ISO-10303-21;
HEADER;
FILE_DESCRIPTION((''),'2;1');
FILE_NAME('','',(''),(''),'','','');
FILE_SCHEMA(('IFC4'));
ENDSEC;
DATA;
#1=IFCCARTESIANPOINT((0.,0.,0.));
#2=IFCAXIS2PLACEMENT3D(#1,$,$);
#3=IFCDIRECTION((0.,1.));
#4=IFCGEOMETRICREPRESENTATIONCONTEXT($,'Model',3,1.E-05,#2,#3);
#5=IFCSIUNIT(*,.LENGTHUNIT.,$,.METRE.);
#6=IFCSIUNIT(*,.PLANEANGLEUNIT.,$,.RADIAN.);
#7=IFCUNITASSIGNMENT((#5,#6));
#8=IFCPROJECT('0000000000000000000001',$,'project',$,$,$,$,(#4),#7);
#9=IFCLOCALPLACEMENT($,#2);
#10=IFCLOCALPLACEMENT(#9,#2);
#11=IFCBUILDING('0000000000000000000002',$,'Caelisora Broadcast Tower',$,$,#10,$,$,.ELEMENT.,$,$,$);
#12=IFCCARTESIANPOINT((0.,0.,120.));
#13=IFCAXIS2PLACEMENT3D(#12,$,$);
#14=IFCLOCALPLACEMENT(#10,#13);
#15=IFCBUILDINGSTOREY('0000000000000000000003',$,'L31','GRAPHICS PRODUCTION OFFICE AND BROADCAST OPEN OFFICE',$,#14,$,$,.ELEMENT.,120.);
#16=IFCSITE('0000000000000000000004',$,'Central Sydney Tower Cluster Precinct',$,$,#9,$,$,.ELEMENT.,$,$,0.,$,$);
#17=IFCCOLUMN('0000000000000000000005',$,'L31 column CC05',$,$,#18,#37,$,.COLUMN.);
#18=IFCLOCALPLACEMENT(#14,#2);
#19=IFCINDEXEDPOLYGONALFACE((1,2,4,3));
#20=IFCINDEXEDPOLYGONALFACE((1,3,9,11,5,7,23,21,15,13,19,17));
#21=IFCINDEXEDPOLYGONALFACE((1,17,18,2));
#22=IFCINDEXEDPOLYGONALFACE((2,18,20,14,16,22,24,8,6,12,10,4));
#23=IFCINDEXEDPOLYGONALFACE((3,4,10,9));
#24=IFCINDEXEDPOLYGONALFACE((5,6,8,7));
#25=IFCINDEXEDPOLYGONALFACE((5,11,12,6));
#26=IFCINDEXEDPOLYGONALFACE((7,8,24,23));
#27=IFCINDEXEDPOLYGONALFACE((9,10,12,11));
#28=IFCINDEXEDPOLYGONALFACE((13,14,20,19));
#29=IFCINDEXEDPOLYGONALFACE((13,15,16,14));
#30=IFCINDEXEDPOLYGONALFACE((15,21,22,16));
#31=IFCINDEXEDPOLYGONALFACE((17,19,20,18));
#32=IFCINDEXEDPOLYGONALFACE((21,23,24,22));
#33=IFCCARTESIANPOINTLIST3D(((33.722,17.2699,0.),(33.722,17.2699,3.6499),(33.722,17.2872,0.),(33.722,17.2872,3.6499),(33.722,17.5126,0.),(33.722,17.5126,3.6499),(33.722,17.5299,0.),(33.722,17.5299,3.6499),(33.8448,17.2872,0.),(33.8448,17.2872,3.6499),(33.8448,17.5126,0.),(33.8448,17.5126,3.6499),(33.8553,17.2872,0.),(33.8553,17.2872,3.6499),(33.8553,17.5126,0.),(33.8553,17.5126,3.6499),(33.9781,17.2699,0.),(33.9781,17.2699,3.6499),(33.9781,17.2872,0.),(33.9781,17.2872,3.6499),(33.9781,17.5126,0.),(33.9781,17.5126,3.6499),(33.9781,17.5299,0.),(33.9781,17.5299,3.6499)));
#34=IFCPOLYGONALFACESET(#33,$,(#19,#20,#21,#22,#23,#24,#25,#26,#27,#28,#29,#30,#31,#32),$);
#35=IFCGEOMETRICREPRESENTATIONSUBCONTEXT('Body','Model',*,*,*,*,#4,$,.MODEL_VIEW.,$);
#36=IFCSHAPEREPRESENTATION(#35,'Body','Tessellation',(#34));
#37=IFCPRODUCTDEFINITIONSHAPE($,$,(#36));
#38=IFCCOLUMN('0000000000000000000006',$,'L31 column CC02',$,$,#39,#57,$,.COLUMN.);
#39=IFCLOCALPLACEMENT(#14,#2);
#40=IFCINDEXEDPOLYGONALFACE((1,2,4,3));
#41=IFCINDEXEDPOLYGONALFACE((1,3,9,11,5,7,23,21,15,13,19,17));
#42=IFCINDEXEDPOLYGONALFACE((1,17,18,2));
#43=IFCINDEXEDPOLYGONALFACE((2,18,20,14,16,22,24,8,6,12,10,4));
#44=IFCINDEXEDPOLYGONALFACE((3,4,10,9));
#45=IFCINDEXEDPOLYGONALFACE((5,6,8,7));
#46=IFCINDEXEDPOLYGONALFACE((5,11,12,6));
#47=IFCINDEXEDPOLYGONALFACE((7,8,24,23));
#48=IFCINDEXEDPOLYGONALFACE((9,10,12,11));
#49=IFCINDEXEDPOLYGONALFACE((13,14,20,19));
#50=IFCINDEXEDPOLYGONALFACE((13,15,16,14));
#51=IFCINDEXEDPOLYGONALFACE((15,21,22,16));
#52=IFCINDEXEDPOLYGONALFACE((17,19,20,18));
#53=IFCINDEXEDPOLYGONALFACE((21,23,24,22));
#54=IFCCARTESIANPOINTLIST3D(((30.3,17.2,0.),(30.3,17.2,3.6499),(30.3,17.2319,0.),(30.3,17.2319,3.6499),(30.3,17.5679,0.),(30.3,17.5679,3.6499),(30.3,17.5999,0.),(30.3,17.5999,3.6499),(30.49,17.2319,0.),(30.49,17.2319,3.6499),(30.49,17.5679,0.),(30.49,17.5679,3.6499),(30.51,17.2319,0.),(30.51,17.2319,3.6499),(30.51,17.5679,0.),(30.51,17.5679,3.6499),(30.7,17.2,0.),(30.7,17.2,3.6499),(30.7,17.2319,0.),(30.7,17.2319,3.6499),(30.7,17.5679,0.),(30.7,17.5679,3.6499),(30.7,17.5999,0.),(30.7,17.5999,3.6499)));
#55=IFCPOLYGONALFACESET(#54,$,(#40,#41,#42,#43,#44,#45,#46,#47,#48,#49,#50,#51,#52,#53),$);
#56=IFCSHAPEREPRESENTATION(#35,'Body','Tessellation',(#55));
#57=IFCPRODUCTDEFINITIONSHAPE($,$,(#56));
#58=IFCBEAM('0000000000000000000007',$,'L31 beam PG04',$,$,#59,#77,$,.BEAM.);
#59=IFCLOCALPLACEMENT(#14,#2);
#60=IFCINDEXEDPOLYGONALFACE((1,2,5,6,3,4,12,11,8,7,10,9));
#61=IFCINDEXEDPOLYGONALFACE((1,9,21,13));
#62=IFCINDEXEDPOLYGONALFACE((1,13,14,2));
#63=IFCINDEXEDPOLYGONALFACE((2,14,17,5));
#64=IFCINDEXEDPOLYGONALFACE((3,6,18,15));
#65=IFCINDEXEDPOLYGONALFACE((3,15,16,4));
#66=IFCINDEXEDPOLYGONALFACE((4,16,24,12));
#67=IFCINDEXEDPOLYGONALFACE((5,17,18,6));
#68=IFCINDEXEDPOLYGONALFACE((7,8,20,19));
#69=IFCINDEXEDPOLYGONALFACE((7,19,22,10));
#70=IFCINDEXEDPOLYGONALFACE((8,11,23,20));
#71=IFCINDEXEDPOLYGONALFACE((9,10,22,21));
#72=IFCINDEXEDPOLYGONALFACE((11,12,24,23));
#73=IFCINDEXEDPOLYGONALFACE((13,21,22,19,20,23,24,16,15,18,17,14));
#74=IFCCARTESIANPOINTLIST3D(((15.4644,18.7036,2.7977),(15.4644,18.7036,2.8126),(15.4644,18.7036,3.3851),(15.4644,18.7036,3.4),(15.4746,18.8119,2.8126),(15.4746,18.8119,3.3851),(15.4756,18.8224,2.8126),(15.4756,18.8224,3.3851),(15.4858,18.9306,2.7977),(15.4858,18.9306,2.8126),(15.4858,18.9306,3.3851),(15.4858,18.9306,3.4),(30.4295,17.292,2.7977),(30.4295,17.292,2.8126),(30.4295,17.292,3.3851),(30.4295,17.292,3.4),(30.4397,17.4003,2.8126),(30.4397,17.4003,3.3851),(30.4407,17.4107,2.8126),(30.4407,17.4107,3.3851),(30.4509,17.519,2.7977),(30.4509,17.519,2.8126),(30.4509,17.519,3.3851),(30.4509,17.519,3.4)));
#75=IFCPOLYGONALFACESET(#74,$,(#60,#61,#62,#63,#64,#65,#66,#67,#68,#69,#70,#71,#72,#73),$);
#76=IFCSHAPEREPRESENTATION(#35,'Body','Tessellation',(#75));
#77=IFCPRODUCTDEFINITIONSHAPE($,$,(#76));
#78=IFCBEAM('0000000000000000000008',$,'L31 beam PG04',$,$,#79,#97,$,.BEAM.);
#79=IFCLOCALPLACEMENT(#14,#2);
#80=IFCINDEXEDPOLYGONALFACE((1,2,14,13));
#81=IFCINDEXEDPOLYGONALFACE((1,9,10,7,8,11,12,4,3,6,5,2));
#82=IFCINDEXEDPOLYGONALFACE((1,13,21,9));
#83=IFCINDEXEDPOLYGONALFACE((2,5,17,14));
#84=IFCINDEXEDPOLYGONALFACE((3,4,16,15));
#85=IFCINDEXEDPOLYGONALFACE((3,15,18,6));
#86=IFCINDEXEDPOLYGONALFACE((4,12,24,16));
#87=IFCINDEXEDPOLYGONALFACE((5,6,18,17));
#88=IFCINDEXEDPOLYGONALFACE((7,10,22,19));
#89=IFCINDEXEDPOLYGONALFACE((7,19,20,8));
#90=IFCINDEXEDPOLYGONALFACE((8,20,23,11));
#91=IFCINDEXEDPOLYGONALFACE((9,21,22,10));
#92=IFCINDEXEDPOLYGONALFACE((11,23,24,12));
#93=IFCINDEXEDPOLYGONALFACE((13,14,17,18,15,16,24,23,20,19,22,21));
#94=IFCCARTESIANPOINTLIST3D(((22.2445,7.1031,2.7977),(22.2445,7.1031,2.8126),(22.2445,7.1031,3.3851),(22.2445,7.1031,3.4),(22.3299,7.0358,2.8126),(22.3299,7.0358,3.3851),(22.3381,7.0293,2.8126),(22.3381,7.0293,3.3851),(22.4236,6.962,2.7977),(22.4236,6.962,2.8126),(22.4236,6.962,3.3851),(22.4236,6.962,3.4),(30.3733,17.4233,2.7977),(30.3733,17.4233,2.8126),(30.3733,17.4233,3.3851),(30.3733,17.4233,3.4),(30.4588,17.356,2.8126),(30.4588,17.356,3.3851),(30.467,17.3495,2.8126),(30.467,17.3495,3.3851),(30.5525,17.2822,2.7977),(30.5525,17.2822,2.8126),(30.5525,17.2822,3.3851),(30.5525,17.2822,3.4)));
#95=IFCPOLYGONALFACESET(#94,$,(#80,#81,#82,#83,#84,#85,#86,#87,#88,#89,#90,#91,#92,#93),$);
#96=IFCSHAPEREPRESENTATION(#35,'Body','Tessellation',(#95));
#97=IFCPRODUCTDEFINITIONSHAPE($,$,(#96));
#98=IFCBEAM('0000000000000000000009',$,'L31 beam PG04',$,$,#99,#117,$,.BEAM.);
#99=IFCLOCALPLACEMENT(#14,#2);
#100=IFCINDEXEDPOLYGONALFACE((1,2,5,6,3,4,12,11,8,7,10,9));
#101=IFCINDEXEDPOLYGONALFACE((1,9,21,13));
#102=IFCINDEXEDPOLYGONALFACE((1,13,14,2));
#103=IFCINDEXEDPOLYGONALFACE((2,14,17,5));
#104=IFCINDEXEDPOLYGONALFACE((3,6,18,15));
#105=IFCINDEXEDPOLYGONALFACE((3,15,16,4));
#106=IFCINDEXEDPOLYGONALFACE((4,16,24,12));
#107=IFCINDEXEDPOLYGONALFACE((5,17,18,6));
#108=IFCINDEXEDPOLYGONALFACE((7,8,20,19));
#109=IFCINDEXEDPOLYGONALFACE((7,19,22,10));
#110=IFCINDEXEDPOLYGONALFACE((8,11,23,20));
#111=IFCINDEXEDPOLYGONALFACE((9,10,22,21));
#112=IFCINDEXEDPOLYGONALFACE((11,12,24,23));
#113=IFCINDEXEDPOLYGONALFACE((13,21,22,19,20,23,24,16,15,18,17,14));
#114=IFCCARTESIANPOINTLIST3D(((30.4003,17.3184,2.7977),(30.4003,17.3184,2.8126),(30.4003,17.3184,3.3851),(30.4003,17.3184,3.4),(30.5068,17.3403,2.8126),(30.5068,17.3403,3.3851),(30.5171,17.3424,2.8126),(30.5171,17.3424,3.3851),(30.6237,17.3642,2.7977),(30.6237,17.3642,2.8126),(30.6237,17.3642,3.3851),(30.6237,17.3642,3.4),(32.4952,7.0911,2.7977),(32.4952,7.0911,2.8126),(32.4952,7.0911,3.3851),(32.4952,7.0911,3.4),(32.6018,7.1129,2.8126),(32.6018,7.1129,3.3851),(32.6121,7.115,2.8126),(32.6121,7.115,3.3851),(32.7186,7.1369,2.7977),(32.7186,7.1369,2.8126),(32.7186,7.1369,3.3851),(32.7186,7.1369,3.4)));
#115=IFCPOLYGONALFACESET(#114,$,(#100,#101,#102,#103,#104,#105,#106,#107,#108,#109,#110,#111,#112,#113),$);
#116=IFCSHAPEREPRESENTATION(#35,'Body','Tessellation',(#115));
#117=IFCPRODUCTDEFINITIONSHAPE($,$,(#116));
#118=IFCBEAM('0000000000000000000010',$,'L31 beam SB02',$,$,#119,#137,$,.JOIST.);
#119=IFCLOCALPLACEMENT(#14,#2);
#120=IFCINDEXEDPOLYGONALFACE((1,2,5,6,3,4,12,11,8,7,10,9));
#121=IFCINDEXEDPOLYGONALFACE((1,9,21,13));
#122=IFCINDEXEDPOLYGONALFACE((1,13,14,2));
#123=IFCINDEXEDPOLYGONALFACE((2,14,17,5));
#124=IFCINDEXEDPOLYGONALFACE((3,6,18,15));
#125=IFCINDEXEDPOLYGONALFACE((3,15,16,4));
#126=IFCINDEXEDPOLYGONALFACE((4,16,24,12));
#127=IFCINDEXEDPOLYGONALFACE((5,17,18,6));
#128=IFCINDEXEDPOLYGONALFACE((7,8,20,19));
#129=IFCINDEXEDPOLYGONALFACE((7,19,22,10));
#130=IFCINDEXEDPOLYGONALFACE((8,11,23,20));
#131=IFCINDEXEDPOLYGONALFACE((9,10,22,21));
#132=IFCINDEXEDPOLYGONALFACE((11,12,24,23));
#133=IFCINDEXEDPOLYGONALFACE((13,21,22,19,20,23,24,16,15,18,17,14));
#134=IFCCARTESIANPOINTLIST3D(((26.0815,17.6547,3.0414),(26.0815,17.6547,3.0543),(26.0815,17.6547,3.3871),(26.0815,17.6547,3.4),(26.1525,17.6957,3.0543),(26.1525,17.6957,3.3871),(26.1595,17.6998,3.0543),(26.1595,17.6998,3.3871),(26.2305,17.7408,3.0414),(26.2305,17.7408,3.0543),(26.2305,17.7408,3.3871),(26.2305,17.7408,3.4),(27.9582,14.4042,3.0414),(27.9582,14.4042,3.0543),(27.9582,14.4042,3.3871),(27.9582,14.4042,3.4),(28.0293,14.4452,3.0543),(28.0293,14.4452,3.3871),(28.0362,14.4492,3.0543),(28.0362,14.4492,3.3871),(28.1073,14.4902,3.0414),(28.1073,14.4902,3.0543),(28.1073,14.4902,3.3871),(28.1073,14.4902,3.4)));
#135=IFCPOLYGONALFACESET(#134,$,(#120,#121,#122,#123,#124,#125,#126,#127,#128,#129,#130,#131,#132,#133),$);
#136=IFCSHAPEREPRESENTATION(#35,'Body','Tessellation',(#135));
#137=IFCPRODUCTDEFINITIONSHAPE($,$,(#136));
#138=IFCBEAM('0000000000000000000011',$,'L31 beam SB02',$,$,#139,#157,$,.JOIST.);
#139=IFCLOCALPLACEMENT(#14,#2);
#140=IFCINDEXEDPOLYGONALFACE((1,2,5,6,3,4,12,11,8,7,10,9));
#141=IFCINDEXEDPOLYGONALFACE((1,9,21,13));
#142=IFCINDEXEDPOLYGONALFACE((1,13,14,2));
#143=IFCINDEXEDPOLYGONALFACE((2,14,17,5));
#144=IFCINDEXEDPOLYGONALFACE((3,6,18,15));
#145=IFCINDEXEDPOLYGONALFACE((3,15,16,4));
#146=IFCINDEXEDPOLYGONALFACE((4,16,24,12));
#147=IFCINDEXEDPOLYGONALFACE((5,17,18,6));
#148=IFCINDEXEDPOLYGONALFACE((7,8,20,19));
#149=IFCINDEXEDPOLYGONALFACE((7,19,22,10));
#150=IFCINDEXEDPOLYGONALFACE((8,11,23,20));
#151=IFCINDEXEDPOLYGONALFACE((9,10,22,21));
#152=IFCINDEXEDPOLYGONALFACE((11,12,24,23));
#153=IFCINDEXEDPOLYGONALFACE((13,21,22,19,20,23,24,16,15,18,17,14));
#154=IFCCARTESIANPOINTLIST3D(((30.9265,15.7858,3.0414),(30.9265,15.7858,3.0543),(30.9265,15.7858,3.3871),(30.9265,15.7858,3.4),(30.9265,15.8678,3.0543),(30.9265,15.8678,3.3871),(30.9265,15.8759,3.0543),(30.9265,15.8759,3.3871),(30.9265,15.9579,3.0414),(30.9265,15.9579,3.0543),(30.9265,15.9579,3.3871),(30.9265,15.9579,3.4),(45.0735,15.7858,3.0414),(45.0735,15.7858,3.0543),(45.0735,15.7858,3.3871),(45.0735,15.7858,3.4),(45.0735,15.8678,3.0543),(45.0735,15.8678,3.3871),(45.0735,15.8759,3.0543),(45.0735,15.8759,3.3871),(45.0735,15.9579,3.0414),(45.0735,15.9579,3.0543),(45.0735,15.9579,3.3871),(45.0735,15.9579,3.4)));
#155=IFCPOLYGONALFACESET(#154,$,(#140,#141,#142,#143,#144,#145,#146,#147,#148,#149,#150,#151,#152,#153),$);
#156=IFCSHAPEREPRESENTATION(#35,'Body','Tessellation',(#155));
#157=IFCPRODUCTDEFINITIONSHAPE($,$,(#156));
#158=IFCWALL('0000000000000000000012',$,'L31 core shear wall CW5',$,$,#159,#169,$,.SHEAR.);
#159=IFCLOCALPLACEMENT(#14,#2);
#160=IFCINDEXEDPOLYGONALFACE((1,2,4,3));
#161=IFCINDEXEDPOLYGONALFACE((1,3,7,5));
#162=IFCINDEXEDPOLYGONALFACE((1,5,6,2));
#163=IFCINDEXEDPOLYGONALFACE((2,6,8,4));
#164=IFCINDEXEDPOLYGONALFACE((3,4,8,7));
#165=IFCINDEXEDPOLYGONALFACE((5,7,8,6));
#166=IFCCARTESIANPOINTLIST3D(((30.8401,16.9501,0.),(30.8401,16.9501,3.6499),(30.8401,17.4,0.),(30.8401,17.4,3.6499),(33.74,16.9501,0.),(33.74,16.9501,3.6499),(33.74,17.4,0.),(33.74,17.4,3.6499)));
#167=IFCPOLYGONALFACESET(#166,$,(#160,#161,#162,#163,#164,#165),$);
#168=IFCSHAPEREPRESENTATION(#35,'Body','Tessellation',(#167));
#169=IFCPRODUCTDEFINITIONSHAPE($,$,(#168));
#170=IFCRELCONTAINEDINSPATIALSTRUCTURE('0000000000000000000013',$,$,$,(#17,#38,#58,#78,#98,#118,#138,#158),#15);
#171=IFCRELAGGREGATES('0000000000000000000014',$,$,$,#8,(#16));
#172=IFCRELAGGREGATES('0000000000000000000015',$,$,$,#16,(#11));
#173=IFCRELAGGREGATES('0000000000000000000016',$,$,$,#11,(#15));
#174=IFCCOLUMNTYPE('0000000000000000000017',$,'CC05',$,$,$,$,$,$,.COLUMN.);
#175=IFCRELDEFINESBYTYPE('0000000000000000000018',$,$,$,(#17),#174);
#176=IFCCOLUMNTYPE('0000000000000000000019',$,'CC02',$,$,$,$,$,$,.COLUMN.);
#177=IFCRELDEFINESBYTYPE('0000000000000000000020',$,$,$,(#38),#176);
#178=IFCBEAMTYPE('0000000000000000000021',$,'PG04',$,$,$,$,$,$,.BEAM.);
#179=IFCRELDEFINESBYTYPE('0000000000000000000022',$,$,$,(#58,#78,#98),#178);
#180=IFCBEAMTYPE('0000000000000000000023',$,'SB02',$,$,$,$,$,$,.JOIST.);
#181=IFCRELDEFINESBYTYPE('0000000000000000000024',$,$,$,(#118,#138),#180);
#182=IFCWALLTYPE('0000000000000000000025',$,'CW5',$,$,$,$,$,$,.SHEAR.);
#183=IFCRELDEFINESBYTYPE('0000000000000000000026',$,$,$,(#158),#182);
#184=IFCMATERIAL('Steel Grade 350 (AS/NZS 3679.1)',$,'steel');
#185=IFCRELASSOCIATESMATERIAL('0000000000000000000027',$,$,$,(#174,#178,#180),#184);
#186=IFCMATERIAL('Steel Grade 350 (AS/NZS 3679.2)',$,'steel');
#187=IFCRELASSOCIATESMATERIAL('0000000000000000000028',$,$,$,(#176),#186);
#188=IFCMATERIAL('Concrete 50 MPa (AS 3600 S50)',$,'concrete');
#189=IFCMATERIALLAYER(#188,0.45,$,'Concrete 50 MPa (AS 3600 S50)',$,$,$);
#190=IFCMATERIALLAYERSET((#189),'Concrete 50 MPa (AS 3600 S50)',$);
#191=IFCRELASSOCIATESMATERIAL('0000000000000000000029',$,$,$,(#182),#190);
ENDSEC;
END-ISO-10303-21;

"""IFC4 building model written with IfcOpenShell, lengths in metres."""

from ifc_helpers import new_model, si_unit, direction, frame, frame_2d, origin, origin_2d, place, context, subcontext, project, spatial, rectangle, i_section, extrude, source, transform, mapped, material, layer, layer_set, material_profile, profile_set, type_object, type_shapes, element, save


model = new_model("IFC4")

# Units and contexts
model_context = context("Model", 3, precision=1e-05, world=origin(), true_north=direction((0.0, 1.0)))
body_context = subcontext(model_context, "Body", "Model", "MODEL_VIEW")
ifc_project = project(units=[si_unit("LENGTHUNIT", "METRE"), si_unit("PLANEANGLEUNIT", "RADIAN")], contexts=[model_context])

# Site, building, storey
site_placement = place(None, origin())
site = spatial("IfcSite", under=ifc_project, at=site_placement, Name="Central Sydney Tower Cluster Precinct", CompositionType="ELEMENT", RefElevation=0.0)
building_placement = place(site_placement, origin())
building = spatial("IfcBuilding", under=site, at=building_placement, Name="Caelisora Broadcast Tower", CompositionType="ELEMENT")
storey_placement = place(building_placement, frame((0.0, 0.0, 120.0)))
storey = spatial("IfcBuildingStorey", under=building, at=storey_placement, Name="L31", Description="GRAPHICS PRODUCTION OFFICE AND BROADCAST OPEN OFFICE", CompositionType="ELEMENT", Elevation=120.0)

# Columns
ifc_material_1 = material(Name="Steel Grade 350 (AS/NZS 3679.1)", Category="steel")
ifc_material_profile_1 = material_profile(ifc_material_1, i_section(OverallWidth=0.2561, OverallDepth=0.26, WebThickness=0.0105, FlangeThickness=0.0173, at=origin_2d()), Name="Steel Grade 350 (AS/NZS 3679.1)")
ifc_profile_set_1 = profile_set([ifc_material_profile_1], Name="Steel Grade 350 (AS/NZS 3679.1)")
column_type_1 = type_object("IfcColumnType", Name="CC05", PredefinedType="COLUMN", material=ifc_profile_set_1)
shared_shape_1 = source(origin(), body_context, "Body", "SweptSolid", [
    extrude(i_section(OverallWidth=0.2561, OverallDepth=0.26, WebThickness=0.0105, FlangeThickness=0.0173, at=origin_2d()), origin(), (0.0, 0.0, 1.0), 3.6499),
])
type_shapes(column_type_1, [shared_shape_1])
column_1_placement = place(storey_placement, frame((33.8501, 17.3999, 0.0), z_axis=(0.0, 0.0, 1.0), x_axis=(1.0, 0.0, 0.0)))
element("IfcColumn", 1, at=column_1_placement, inside=storey, type_object=column_type_1, Name="L31 column CC05", PredefinedType="COLUMN", context=body_context, shape_type="MappedRepresentation", body=[
    mapped(shared_shape_1, transform((0.0, 0.0, 0.0), scale=1.0)),
])
ifc_material_2 = material(Name="Steel Grade 350 (AS/NZS 3679.2)", Category="steel")
ifc_material_profile_2 = material_profile(ifc_material_2, i_section(OverallWidth=0.3999, OverallDepth=0.3999, WebThickness=0.02, FlangeThickness=0.032, at=origin_2d()), Name="Steel Grade 350 (AS/NZS 3679.2)")
ifc_profile_set_2 = profile_set([ifc_material_profile_2], Name="Steel Grade 350 (AS/NZS 3679.2)")
column_type_2 = type_object("IfcColumnType", Name="CC02", PredefinedType="COLUMN", material=ifc_profile_set_2)
shared_shape_2 = source(origin(), body_context, "Body", "SweptSolid", [
    extrude(i_section(OverallWidth=0.3999, OverallDepth=0.3999, WebThickness=0.02, FlangeThickness=0.032, at=origin_2d()), origin(), (0.0, 0.0, 1.0), 3.6499),
])
type_shapes(column_type_2, [shared_shape_2])
column_2_placement = place(storey_placement, frame((30.5, 17.3999, 0.0), z_axis=(0.0, 0.0, 1.0), x_axis=(1.0, 0.0, 0.0)))
element("IfcColumn", 2, at=column_2_placement, inside=storey, type_object=column_type_2, Name="L31 column CC02", PredefinedType="COLUMN", context=body_context, shape_type="MappedRepresentation", body=[
    mapped(shared_shape_2, transform((0.0, 0.0, 0.0), scale=1.0)),
])

# Beams
ifc_material_profile_3 = material_profile(ifc_material_1, i_section(OverallWidth=0.228, OverallDepth=0.6023, WebThickness=0.0105, FlangeThickness=0.0149, at=origin_2d()), Name="Steel Grade 350 (AS/NZS 3679.1)")
ifc_profile_set_3 = profile_set([ifc_material_profile_3], Name="Steel Grade 350 (AS/NZS 3679.1)")
beam_type_1 = type_object("IfcBeamType", Name="PG04", PredefinedType="BEAM", material=ifc_profile_set_3)
shared_shape_3 = source(origin(), body_context, "Body", "SweptSolid", [
    extrude(i_section(OverallWidth=0.228, OverallDepth=0.6023, WebThickness=0.0105, FlangeThickness=0.0149, at=origin_2d()), origin(), (0.0, 0.0, 1.0), 15.0315),
])
beam_1_placement = place(storey_placement, frame((30.4402, 17.4055, 3.0989), z_axis=(-0.995581, 0.093911, 0.0), x_axis=(-0.093911, -0.995581, 0.0)))
element("IfcBeam", 3, at=beam_1_placement, inside=storey, type_object=beam_type_1, Name="L31 beam PG04", PredefinedType="BEAM", context=body_context, shape_type="MappedRepresentation", body=[
    mapped(shared_shape_3, transform((0.0, 0.0, 0.0), scale=1.0)),
])
shared_shape_4 = source(origin(), body_context, "Body", "SweptSolid", [
    extrude(i_section(OverallWidth=0.228, OverallDepth=0.6023, WebThickness=0.0105, FlangeThickness=0.0149, at=origin_2d()), origin(), (0.0, 0.0, 1.0), 13.1372),
])
beam_2_placement = place(storey_placement, frame((30.4629, 17.3528, 3.0989), z_axis=(-0.618767, -0.785575, 0.0), x_axis=(0.785575, -0.618767, 0.0)))
element("IfcBeam", 4, at=beam_2_placement, inside=storey, type_object=beam_type_1, Name="L31 beam PG04", PredefinedType="BEAM", context=body_context, shape_type="MappedRepresentation", body=[
    mapped(shared_shape_4, transform((0.0, 0.0, 0.0), scale=1.0)),
])
shared_shape_5 = source(origin(), body_context, "Body", "SweptSolid", [
    extrude(i_section(OverallWidth=0.228, OverallDepth=0.6023, WebThickness=0.0105, FlangeThickness=0.0149, at=origin_2d()), origin(), (0.0, 0.0, 1.0), 10.4397),
])
type_shapes(beam_type_1, [shared_shape_3, shared_shape_4, shared_shape_5])
beam_3_placement = place(storey_placement, frame((30.512, 17.3413, 3.0989), z_axis=(0.200674, -0.979658, 0.0), x_axis=(0.979658, 0.200674, 0.0)))
element("IfcBeam", 5, at=beam_3_placement, inside=storey, type_object=beam_type_1, Name="L31 beam PG04", PredefinedType="BEAM", context=body_context, shape_type="MappedRepresentation", body=[
    mapped(shared_shape_5, transform((0.0, 0.0, 0.0), scale=1.0)),
])
ifc_material_profile_4 = material_profile(ifc_material_1, i_section(OverallWidth=0.1721, OverallDepth=0.3586, WebThickness=0.0081, FlangeThickness=0.0129, at=origin_2d()), Name="Steel Grade 350 (AS/NZS 3679.1)")
ifc_profile_set_4 = profile_set([ifc_material_profile_4], Name="Steel Grade 350 (AS/NZS 3679.1)")
beam_type_2 = type_object("IfcBeamType", Name="SB02", PredefinedType="JOIST", material=ifc_profile_set_4)
shared_shape_6 = source(origin(), body_context, "Body", "SweptSolid", [
    extrude(i_section(OverallWidth=0.1721, OverallDepth=0.3586, WebThickness=0.0081, FlangeThickness=0.0129, at=origin_2d()), origin(), (0.0, 0.0, 1.0), 3.7534),
])
beam_4_placement = place(storey_placement, frame((26.156, 17.6978, 3.2207), z_axis=(0.500008, -0.866021, 0.0), x_axis=(0.866021, 0.500008, 0.0)))
element("IfcBeam", 6, at=beam_4_placement, inside=storey, type_object=beam_type_2, Name="L31 beam SB02", PredefinedType="JOIST", context=body_context, shape_type="MappedRepresentation", body=[
    mapped(shared_shape_6, transform((0.0, 0.0, 0.0), scale=1.0)),
])
shared_shape_7 = source(origin(), body_context, "Body", "SweptSolid", [
    extrude(i_section(OverallWidth=0.1721, OverallDepth=0.3586, WebThickness=0.0081, FlangeThickness=0.0129, at=origin_2d()), origin(), (0.0, 0.0, 1.0), 14.147),
])
type_shapes(beam_type_2, [shared_shape_6, shared_shape_7])
beam_5_placement = place(storey_placement, frame((30.9265, 15.8718, 3.2207), z_axis=(1.0, 0.0, 0.0), x_axis=(0.0, 1.0, 0.0)))
element("IfcBeam", 7, at=beam_5_placement, inside=storey, type_object=beam_type_2, Name="L31 beam SB02", PredefinedType="JOIST", context=body_context, shape_type="MappedRepresentation", body=[
    mapped(shared_shape_7, transform((0.0, 0.0, 0.0), scale=1.0)),
])

# Shared definitions
ifc_material_3 = material(Name="Concrete 50 MPa (AS 3600 S50)", Category="concrete")

# Wall
ifc_layer_1 = layer(ifc_material_3, 0.45, Name="Concrete 50 MPa (AS 3600 S50)")
ifc_layer_set_1 = layer_set([ifc_layer_1], Name="Concrete 50 MPa (AS 3600 S50)")
wall_type_1 = type_object("IfcWallType", Name="CW5", PredefinedType="SHEAR", material=ifc_layer_set_1)
wall_1_placement = place(storey_placement, frame((30.8401, 17.175, 0.0), z_axis=(0.0, 0.0, 1.0), x_axis=(1.0, 0.0, 0.0)))
element("IfcWall", 8, at=wall_1_placement, inside=storey, type_object=wall_type_1, Name="L31 core shear wall CW5", PredefinedType="SHEAR", context=body_context, shape_type="SweptSolid", body=[
    extrude(rectangle(XDim=2.8999, YDim=0.45, at=frame_2d((1.45, 0.0))), origin(), (0.0, 0.0, 1.0), 3.6499),
])

save(model, "model.ifc")
